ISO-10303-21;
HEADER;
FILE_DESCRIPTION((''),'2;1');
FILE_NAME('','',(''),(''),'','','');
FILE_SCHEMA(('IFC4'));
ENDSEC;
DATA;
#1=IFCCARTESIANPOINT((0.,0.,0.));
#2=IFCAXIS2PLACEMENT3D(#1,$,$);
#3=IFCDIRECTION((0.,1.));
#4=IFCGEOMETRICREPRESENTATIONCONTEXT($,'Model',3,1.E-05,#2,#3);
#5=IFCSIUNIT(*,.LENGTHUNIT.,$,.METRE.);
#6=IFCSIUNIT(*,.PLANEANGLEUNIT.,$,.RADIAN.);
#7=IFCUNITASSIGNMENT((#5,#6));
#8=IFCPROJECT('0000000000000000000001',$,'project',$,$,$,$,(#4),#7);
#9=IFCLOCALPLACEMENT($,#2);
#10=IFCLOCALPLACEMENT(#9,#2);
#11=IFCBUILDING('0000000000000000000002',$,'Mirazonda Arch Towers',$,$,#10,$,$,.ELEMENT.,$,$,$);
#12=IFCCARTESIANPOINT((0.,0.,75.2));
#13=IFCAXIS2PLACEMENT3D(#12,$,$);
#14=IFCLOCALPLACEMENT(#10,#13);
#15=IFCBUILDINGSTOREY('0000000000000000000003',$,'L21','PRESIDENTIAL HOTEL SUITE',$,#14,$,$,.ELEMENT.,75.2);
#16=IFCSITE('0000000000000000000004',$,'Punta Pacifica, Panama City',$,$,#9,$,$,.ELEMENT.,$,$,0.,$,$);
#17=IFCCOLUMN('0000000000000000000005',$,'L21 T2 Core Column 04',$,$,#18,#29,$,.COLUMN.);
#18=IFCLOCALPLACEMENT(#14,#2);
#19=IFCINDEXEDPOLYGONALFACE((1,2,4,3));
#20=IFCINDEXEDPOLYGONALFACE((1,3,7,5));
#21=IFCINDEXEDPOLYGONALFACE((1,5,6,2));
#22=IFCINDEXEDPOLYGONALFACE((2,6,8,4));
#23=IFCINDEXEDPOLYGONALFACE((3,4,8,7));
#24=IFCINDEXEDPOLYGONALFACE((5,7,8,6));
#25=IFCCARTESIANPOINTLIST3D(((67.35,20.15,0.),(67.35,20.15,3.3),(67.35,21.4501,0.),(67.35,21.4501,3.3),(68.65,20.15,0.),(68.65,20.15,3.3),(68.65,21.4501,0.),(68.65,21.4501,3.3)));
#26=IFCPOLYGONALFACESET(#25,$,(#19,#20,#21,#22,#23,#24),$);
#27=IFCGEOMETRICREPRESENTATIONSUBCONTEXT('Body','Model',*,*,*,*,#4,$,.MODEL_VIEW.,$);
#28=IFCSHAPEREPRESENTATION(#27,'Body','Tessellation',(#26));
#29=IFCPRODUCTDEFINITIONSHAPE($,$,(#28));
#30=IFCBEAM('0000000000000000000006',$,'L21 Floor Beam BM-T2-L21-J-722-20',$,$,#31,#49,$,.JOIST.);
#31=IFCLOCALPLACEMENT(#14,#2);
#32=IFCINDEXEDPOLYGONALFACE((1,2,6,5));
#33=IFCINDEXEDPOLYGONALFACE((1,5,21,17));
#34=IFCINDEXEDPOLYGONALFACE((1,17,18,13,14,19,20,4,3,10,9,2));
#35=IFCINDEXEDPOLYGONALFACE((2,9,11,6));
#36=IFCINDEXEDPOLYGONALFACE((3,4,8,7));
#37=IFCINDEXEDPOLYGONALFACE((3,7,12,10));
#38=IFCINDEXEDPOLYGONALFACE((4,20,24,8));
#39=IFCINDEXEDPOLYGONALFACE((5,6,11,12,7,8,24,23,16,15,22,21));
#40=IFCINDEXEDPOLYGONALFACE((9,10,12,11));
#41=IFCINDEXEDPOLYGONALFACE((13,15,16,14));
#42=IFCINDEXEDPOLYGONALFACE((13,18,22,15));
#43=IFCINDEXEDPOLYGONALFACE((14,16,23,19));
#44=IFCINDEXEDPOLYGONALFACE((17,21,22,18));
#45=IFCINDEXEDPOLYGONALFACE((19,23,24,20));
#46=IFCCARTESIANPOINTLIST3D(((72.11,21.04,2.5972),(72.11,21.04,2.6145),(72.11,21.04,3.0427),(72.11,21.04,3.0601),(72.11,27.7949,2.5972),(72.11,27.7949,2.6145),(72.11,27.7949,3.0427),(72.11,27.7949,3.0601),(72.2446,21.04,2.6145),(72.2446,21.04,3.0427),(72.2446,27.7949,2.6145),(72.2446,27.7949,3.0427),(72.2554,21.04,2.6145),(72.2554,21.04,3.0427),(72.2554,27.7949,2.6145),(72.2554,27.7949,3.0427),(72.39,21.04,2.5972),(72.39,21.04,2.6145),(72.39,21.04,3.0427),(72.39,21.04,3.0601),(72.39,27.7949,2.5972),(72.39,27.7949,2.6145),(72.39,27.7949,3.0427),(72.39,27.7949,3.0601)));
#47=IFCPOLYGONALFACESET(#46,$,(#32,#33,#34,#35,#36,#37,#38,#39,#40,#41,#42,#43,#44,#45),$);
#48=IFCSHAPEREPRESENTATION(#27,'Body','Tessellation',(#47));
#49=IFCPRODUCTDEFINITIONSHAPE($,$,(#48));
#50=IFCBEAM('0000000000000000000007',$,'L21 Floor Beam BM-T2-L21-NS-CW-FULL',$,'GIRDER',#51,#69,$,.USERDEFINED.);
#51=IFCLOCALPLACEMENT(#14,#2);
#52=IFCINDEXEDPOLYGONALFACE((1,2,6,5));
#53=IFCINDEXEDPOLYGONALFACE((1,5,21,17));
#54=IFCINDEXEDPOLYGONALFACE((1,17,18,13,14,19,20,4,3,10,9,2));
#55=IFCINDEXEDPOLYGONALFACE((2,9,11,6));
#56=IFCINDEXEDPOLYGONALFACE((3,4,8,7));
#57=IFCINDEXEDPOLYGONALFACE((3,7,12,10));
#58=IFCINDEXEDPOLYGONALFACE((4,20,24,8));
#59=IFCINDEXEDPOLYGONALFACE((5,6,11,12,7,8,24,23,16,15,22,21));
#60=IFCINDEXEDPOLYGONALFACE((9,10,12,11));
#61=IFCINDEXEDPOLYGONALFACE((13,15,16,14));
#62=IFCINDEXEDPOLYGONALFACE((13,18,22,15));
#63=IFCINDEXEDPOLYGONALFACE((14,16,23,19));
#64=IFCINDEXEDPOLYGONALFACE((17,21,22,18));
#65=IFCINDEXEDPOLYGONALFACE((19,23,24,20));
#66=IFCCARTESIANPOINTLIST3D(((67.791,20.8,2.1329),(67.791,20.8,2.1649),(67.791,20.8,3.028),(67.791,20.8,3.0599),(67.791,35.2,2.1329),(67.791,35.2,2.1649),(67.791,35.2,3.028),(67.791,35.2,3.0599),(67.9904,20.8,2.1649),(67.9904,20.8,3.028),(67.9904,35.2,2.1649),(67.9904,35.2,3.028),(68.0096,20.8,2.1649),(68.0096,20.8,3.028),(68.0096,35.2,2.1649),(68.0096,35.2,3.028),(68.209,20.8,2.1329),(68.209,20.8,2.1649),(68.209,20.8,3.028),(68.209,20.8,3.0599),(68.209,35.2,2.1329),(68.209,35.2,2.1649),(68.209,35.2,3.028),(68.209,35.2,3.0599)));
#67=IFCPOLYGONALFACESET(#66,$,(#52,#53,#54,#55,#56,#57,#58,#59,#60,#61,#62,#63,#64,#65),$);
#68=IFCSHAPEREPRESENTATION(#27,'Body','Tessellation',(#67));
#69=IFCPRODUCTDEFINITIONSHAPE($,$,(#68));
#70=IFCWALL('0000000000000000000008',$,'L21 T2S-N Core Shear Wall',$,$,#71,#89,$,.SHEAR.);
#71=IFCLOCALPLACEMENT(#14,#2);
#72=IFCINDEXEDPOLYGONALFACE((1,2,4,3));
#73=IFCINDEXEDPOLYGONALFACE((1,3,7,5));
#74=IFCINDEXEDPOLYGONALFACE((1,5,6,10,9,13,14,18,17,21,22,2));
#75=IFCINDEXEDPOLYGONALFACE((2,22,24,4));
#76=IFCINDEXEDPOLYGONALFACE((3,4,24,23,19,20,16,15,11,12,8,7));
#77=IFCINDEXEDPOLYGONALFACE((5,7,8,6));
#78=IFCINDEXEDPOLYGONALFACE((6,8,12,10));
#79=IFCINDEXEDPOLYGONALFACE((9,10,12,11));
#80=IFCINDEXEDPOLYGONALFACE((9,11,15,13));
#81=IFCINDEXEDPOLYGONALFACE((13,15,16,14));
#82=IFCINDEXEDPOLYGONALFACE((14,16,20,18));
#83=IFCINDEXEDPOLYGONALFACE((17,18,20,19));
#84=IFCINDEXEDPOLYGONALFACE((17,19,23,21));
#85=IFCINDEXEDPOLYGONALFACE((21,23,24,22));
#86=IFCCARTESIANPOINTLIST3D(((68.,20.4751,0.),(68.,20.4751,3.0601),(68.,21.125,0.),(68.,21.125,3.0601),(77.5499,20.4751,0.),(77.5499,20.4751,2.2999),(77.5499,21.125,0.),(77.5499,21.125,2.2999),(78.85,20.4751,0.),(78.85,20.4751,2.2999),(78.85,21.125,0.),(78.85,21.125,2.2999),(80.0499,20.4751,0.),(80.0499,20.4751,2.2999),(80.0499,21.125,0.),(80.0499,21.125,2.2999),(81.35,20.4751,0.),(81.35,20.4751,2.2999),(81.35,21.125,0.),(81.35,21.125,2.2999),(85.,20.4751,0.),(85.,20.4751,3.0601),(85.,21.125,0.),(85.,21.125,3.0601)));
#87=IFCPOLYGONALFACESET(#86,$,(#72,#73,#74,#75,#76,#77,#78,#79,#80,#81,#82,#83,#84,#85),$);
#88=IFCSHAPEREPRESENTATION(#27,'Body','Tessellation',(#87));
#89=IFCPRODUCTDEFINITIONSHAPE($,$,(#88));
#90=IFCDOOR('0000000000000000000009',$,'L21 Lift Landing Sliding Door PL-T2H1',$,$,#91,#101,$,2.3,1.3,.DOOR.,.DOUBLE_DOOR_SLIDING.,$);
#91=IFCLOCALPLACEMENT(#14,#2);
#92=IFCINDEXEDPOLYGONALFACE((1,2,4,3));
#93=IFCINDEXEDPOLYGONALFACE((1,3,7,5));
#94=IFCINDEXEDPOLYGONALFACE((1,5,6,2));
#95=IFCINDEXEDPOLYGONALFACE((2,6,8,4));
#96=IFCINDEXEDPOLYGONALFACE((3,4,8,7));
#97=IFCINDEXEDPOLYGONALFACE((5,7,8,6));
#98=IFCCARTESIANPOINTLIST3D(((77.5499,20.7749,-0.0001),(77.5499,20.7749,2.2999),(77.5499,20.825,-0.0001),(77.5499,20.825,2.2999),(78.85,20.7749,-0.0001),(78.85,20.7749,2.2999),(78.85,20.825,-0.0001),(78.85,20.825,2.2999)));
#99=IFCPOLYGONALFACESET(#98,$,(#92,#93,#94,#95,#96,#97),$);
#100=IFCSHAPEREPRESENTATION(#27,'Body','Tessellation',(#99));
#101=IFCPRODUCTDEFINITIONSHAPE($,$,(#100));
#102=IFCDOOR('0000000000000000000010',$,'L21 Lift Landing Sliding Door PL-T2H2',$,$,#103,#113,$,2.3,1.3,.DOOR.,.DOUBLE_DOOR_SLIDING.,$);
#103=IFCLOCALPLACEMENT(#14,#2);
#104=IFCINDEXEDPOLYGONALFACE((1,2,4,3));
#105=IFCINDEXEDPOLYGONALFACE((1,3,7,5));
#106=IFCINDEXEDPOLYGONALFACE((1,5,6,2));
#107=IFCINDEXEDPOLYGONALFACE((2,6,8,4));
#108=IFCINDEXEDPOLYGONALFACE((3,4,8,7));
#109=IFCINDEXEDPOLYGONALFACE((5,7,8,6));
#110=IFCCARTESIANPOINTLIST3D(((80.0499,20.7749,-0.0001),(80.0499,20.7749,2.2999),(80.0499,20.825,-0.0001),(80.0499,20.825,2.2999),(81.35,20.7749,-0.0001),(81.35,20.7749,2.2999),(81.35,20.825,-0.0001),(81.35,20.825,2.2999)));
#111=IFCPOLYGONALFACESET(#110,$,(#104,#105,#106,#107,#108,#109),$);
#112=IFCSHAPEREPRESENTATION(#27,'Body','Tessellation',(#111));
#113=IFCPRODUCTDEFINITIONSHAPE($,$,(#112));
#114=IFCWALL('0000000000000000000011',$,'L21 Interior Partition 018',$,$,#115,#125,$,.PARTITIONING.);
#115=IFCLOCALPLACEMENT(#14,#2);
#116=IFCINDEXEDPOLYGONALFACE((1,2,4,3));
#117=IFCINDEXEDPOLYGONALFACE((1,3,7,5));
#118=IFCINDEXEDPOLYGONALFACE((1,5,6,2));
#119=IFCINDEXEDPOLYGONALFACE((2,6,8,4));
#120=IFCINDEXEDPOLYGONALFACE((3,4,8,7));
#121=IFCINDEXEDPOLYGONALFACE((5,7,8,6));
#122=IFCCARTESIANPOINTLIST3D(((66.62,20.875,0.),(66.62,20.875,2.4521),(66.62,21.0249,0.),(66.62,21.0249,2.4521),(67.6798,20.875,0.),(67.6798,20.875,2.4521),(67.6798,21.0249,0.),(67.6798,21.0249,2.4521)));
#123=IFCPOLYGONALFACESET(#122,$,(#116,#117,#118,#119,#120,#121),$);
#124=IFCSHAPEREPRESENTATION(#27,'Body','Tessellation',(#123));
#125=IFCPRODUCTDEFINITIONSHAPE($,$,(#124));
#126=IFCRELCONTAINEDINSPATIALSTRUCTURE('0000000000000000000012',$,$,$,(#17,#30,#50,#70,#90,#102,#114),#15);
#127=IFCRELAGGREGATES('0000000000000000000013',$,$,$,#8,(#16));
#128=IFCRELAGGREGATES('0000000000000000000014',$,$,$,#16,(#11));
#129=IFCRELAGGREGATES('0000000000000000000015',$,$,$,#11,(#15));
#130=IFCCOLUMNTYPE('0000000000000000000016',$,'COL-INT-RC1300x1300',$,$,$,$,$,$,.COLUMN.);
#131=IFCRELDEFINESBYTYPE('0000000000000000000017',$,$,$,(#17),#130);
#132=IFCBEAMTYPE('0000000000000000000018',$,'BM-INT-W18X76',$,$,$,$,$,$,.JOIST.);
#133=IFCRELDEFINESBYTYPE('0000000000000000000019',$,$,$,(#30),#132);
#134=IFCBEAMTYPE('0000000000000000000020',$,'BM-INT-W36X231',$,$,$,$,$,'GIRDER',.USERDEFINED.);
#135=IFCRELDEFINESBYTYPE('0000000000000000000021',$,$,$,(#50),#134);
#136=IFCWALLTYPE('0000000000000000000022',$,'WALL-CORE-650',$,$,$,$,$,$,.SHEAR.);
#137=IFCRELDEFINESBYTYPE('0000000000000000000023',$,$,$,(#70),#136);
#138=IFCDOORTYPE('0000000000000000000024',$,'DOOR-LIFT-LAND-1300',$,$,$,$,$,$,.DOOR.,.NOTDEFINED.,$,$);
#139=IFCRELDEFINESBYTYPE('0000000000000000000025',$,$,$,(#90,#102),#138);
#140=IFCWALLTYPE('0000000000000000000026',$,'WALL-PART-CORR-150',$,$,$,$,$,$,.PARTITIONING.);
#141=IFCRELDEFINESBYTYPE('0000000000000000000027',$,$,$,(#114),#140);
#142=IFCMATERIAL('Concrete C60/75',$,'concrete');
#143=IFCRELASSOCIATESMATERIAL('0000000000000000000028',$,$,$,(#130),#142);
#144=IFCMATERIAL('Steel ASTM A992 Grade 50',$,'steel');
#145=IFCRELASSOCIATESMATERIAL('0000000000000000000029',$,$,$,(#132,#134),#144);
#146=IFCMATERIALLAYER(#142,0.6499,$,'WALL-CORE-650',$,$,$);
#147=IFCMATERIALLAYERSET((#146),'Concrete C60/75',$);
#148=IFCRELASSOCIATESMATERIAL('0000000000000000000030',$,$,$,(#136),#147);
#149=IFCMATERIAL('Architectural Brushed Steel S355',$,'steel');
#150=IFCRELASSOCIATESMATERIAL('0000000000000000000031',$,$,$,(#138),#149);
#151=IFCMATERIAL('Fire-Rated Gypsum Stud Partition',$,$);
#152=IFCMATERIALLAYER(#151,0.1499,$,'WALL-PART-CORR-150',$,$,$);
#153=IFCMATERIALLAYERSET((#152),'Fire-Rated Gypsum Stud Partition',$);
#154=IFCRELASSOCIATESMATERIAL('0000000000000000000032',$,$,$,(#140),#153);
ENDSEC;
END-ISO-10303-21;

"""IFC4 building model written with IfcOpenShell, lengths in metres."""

from ifc_helpers import new_model, si_unit, direction, frame, frame_2d, origin, origin_2d, place, context, subcontext, project, spatial, rectangle, i_section, extrude, material, layer, layer_set, material_profile, profile_set, type_object, element, fill, save


model = new_model("IFC4")

# Units and contexts
model_context = context("Model", 3, precision=1e-05, world=origin(), true_north=direction((0.0, 1.0)))
body_context = subcontext(model_context, "Body", "Model", "MODEL_VIEW")
ifc_project = project(units=[si_unit("LENGTHUNIT", "METRE"), si_unit("PLANEANGLEUNIT", "RADIAN")], contexts=[model_context])

# Site, building, storey
site_placement = place(None, origin())
site = spatial("IfcSite", under=ifc_project, at=site_placement, Name="Punta Pacifica, Panama City", CompositionType="ELEMENT", RefElevation=0.0)
building_placement = place(site_placement, origin())
building = spatial("IfcBuilding", under=site, at=building_placement, Name="Mirazonda Arch Towers", CompositionType="ELEMENT")
storey_placement = place(building_placement, frame((0.0, 0.0, 75.2)))
storey = spatial("IfcBuildingStorey", under=building, at=storey_placement, Name="L21", Description="PRESIDENTIAL HOTEL SUITE", CompositionType="ELEMENT", Elevation=75.2)

# Column
ifc_material_1 = material(Name="Concrete C60/75", Category="concrete")
ifc_material_profile_1 = material_profile(ifc_material_1, rectangle(XDim=1.3, YDim=1.3, at=origin_2d()), Name="RC1300x1300")
ifc_profile_set_1 = profile_set([ifc_material_profile_1], Name="Concrete C60/75")
column_type = type_object("IfcColumnType", Name="COL-INT-RC1300x1300", PredefinedType="COLUMN", material=ifc_profile_set_1)
column_placement = place(storey_placement, frame((68.0, 20.8, 0.0), z_axis=(0.0, 0.0, 1.0), x_axis=(1.0, 0.0, 0.0)))
element("IfcColumn", 1, at=column_placement, inside=storey, type_object=column_type, Name="L21 T2 Core Column 04", PredefinedType="COLUMN", context=body_context, shape_type="SweptSolid", body=[
    extrude(rectangle(XDim=1.3, YDim=1.3, at=origin_2d()), origin(), (0.0, 0.0, 1.0), 3.3),
])

# Beams
ifc_material_2 = material(Name="Steel ASTM A992 Grade 50", Category="steel")
ifc_material_profile_2 = material_profile(ifc_material_2, i_section(OverallWidth=0.28, OverallDepth=0.4629, WebThickness=0.0107, FlangeThickness=0.0173, at=origin_2d()), Name="W18X76")
ifc_profile_set_2 = profile_set([ifc_material_profile_2], Name="Steel ASTM A992 Grade 50")
beam_type_1 = type_object("IfcBeamType", Name="BM-INT-W18X76", PredefinedType="JOIST", material=ifc_profile_set_2)
beam_1_placement = place(storey_placement, frame((72.25, 21.04, 2.8286), z_axis=(0.0, 1.0, 0.0), x_axis=(-1.0, 0.0, 0.0)))
element("IfcBeam", 2, at=beam_1_placement, inside=storey, type_object=beam_type_1, Name="L21 Floor Beam BM-T2-L21-J-722-20", PredefinedType="JOIST", context=body_context, shape_type="SweptSolid", body=[
    extrude(i_section(OverallWidth=0.28, OverallDepth=0.4629, WebThickness=0.0107, FlangeThickness=0.0173, at=origin_2d()), origin(), (0.0, 0.0, 1.0), 6.7549),
])
ifc_material_profile_3 = material_profile(ifc_material_2, i_section(OverallWidth=0.418, OverallDepth=0.927, WebThickness=0.0193, FlangeThickness=0.032, at=origin_2d()), Name="W36X231")
ifc_profile_set_3 = profile_set([ifc_material_profile_3], Name="Steel ASTM A992 Grade 50")
beam_type_2 = type_object("IfcBeamType", Name="BM-INT-W36X231", ElementType="GIRDER", PredefinedType="USERDEFINED", material=ifc_profile_set_3)
beam_2_placement = place(storey_placement, frame((68.0, 20.8, 2.5964), z_axis=(0.0, 1.0, 0.0), x_axis=(-1.0, 0.0, 0.0)))
element("IfcBeam", 3, at=beam_2_placement, inside=storey, type_object=beam_type_2, Name="L21 Floor Beam BM-T2-L21-NS-CW-FULL", ObjectType="GIRDER", PredefinedType="USERDEFINED", context=body_context, shape_type="SweptSolid", body=[
    extrude(i_section(OverallWidth=0.418, OverallDepth=0.927, WebThickness=0.0193, FlangeThickness=0.032, at=origin_2d()), origin(), (0.0, 0.0, 1.0), 14.3999),
])

# Wall, openings, doors
ifc_layer_1 = layer(ifc_material_1, 0.6499, Name="WALL-CORE-650")
ifc_layer_set_1 = layer_set([ifc_layer_1], Name="Concrete C60/75")
wall_type_1 = type_object("IfcWallType", Name="WALL-CORE-650", PredefinedType="SHEAR", material=ifc_layer_set_1)
wall_1_placement = place(storey_placement, frame((68.0, 20.8, 0.0), z_axis=(0.0, 0.0, 1.0), x_axis=(1.0, 0.0, 0.0)))
wall_1 = element("IfcWall", 4, at=wall_1_placement, inside=storey, type_object=wall_type_1, Name="L21 T2S-N Core Shear Wall", PredefinedType="SHEAR", context=body_context, shape_type="SweptSolid", body=[
    extrude(rectangle(XDim=17.0, YDim=0.6499, at=frame_2d((8.5, 0.0))), origin(), (0.0, 0.0, 1.0), 3.0601),
])
opening_1_placement = place(wall_1_placement, frame((9.55, 0.0, 0.0)))
opening_1 = element("IfcOpeningElement", 5, at=opening_1_placement, cuts=wall_1, PredefinedType="OPENING", context=body_context, shape_type="SweptSolid", body=[
    extrude(rectangle(XDim=1.3, YDim=2.3, at=frame_2d((0.6499, 1.1499))), frame((0.0, 0.335, 0.0), z_axis=(0.0, -1.0, 0.0), x_axis=(1.0, 0.0, 0.0)), (0.0, 0.0, 1.0), 0.6699),
])
opening_2_placement = place(wall_1_placement, frame((12.05, 0.0, 0.0)))
opening_2 = element("IfcOpeningElement", 6, at=opening_2_placement, cuts=wall_1, PredefinedType="OPENING", context=body_context, shape_type="SweptSolid", body=[
    extrude(rectangle(XDim=1.3, YDim=2.3, at=frame_2d((0.6499, 1.1499))), frame((0.0, 0.335, 0.0), z_axis=(0.0, -1.0, 0.0), x_axis=(1.0, 0.0, 0.0)), (0.0, 0.0, 1.0), 0.6699),
])
ifc_material_3 = material(Name="Architectural Brushed Steel S355", Category="steel")
door_type_1 = type_object("IfcDoorType", Name="DOOR-LIFT-LAND-1300", OperationType="NOTDEFINED", PredefinedType="DOOR", material=ifc_material_3)
door_1_placement = place(opening_1_placement, origin())
door_1 = element("IfcDoor", 7, at=door_1_placement, inside=storey, type_object=door_type_1, Name="L21 Lift Landing Sliding Door PL-T2H1", OperationType="DOUBLE_DOOR_SLIDING", OverallHeight=2.3, OverallWidth=1.3, PredefinedType="DOOR", context=body_context, shape_type="SweptSolid", body=[
    extrude(rectangle(XDim=1.3, YDim=2.3, at=frame_2d((0.6499, 1.1499))), frame((0.0, 0.0249, 0.0), z_axis=(0.0, -1.0, 0.0), x_axis=(1.0, 0.0, 0.0)), (0.0, 0.0, 1.0), 0.05),
])
fill(opening_1, door_1)
door_2_placement = place(opening_2_placement, origin())
door_2 = element("IfcDoor", 8, at=door_2_placement, inside=storey, type_object=door_type_1, Name="L21 Lift Landing Sliding Door PL-T2H2", OperationType="DOUBLE_DOOR_SLIDING", OverallHeight=2.3, OverallWidth=1.3, PredefinedType="DOOR", context=body_context, shape_type="SweptSolid", body=[
    extrude(rectangle(XDim=1.3, YDim=2.3, at=frame_2d((0.6499, 1.1499))), frame((0.0, 0.0249, 0.0), z_axis=(0.0, -1.0, 0.0), x_axis=(1.0, 0.0, 0.0)), (0.0, 0.0, 1.0), 0.05),
])
fill(opening_2, door_2)

# Wall
ifc_material_4 = material(Name="Fire-Rated Gypsum Stud Partition")
ifc_layer_2 = layer(ifc_material_4, 0.1499, Name="WALL-PART-CORR-150")
ifc_layer_set_2 = layer_set([ifc_layer_2], Name="Fire-Rated Gypsum Stud Partition")
wall_type_2 = type_object("IfcWallType", Name="WALL-PART-CORR-150", PredefinedType="PARTITIONING", material=ifc_layer_set_2)
wall_2_placement = place(storey_placement, frame((66.6201, 20.95, 0.0), z_axis=(0.0, 0.0, 1.0), x_axis=(1.0, 0.0, 0.0)))
element("IfcWall", 9, at=wall_2_placement, inside=storey, type_object=wall_type_2, Name="L21 Interior Partition 018", PredefinedType="PARTITIONING", context=body_context, shape_type="SweptSolid", body=[
    extrude(rectangle(XDim=1.0598, YDim=0.1499, at=frame_2d((0.5298, 0.0))), origin(), (0.0, 0.0, 1.0), 2.4521),
])

save(model, "model.ifc")
